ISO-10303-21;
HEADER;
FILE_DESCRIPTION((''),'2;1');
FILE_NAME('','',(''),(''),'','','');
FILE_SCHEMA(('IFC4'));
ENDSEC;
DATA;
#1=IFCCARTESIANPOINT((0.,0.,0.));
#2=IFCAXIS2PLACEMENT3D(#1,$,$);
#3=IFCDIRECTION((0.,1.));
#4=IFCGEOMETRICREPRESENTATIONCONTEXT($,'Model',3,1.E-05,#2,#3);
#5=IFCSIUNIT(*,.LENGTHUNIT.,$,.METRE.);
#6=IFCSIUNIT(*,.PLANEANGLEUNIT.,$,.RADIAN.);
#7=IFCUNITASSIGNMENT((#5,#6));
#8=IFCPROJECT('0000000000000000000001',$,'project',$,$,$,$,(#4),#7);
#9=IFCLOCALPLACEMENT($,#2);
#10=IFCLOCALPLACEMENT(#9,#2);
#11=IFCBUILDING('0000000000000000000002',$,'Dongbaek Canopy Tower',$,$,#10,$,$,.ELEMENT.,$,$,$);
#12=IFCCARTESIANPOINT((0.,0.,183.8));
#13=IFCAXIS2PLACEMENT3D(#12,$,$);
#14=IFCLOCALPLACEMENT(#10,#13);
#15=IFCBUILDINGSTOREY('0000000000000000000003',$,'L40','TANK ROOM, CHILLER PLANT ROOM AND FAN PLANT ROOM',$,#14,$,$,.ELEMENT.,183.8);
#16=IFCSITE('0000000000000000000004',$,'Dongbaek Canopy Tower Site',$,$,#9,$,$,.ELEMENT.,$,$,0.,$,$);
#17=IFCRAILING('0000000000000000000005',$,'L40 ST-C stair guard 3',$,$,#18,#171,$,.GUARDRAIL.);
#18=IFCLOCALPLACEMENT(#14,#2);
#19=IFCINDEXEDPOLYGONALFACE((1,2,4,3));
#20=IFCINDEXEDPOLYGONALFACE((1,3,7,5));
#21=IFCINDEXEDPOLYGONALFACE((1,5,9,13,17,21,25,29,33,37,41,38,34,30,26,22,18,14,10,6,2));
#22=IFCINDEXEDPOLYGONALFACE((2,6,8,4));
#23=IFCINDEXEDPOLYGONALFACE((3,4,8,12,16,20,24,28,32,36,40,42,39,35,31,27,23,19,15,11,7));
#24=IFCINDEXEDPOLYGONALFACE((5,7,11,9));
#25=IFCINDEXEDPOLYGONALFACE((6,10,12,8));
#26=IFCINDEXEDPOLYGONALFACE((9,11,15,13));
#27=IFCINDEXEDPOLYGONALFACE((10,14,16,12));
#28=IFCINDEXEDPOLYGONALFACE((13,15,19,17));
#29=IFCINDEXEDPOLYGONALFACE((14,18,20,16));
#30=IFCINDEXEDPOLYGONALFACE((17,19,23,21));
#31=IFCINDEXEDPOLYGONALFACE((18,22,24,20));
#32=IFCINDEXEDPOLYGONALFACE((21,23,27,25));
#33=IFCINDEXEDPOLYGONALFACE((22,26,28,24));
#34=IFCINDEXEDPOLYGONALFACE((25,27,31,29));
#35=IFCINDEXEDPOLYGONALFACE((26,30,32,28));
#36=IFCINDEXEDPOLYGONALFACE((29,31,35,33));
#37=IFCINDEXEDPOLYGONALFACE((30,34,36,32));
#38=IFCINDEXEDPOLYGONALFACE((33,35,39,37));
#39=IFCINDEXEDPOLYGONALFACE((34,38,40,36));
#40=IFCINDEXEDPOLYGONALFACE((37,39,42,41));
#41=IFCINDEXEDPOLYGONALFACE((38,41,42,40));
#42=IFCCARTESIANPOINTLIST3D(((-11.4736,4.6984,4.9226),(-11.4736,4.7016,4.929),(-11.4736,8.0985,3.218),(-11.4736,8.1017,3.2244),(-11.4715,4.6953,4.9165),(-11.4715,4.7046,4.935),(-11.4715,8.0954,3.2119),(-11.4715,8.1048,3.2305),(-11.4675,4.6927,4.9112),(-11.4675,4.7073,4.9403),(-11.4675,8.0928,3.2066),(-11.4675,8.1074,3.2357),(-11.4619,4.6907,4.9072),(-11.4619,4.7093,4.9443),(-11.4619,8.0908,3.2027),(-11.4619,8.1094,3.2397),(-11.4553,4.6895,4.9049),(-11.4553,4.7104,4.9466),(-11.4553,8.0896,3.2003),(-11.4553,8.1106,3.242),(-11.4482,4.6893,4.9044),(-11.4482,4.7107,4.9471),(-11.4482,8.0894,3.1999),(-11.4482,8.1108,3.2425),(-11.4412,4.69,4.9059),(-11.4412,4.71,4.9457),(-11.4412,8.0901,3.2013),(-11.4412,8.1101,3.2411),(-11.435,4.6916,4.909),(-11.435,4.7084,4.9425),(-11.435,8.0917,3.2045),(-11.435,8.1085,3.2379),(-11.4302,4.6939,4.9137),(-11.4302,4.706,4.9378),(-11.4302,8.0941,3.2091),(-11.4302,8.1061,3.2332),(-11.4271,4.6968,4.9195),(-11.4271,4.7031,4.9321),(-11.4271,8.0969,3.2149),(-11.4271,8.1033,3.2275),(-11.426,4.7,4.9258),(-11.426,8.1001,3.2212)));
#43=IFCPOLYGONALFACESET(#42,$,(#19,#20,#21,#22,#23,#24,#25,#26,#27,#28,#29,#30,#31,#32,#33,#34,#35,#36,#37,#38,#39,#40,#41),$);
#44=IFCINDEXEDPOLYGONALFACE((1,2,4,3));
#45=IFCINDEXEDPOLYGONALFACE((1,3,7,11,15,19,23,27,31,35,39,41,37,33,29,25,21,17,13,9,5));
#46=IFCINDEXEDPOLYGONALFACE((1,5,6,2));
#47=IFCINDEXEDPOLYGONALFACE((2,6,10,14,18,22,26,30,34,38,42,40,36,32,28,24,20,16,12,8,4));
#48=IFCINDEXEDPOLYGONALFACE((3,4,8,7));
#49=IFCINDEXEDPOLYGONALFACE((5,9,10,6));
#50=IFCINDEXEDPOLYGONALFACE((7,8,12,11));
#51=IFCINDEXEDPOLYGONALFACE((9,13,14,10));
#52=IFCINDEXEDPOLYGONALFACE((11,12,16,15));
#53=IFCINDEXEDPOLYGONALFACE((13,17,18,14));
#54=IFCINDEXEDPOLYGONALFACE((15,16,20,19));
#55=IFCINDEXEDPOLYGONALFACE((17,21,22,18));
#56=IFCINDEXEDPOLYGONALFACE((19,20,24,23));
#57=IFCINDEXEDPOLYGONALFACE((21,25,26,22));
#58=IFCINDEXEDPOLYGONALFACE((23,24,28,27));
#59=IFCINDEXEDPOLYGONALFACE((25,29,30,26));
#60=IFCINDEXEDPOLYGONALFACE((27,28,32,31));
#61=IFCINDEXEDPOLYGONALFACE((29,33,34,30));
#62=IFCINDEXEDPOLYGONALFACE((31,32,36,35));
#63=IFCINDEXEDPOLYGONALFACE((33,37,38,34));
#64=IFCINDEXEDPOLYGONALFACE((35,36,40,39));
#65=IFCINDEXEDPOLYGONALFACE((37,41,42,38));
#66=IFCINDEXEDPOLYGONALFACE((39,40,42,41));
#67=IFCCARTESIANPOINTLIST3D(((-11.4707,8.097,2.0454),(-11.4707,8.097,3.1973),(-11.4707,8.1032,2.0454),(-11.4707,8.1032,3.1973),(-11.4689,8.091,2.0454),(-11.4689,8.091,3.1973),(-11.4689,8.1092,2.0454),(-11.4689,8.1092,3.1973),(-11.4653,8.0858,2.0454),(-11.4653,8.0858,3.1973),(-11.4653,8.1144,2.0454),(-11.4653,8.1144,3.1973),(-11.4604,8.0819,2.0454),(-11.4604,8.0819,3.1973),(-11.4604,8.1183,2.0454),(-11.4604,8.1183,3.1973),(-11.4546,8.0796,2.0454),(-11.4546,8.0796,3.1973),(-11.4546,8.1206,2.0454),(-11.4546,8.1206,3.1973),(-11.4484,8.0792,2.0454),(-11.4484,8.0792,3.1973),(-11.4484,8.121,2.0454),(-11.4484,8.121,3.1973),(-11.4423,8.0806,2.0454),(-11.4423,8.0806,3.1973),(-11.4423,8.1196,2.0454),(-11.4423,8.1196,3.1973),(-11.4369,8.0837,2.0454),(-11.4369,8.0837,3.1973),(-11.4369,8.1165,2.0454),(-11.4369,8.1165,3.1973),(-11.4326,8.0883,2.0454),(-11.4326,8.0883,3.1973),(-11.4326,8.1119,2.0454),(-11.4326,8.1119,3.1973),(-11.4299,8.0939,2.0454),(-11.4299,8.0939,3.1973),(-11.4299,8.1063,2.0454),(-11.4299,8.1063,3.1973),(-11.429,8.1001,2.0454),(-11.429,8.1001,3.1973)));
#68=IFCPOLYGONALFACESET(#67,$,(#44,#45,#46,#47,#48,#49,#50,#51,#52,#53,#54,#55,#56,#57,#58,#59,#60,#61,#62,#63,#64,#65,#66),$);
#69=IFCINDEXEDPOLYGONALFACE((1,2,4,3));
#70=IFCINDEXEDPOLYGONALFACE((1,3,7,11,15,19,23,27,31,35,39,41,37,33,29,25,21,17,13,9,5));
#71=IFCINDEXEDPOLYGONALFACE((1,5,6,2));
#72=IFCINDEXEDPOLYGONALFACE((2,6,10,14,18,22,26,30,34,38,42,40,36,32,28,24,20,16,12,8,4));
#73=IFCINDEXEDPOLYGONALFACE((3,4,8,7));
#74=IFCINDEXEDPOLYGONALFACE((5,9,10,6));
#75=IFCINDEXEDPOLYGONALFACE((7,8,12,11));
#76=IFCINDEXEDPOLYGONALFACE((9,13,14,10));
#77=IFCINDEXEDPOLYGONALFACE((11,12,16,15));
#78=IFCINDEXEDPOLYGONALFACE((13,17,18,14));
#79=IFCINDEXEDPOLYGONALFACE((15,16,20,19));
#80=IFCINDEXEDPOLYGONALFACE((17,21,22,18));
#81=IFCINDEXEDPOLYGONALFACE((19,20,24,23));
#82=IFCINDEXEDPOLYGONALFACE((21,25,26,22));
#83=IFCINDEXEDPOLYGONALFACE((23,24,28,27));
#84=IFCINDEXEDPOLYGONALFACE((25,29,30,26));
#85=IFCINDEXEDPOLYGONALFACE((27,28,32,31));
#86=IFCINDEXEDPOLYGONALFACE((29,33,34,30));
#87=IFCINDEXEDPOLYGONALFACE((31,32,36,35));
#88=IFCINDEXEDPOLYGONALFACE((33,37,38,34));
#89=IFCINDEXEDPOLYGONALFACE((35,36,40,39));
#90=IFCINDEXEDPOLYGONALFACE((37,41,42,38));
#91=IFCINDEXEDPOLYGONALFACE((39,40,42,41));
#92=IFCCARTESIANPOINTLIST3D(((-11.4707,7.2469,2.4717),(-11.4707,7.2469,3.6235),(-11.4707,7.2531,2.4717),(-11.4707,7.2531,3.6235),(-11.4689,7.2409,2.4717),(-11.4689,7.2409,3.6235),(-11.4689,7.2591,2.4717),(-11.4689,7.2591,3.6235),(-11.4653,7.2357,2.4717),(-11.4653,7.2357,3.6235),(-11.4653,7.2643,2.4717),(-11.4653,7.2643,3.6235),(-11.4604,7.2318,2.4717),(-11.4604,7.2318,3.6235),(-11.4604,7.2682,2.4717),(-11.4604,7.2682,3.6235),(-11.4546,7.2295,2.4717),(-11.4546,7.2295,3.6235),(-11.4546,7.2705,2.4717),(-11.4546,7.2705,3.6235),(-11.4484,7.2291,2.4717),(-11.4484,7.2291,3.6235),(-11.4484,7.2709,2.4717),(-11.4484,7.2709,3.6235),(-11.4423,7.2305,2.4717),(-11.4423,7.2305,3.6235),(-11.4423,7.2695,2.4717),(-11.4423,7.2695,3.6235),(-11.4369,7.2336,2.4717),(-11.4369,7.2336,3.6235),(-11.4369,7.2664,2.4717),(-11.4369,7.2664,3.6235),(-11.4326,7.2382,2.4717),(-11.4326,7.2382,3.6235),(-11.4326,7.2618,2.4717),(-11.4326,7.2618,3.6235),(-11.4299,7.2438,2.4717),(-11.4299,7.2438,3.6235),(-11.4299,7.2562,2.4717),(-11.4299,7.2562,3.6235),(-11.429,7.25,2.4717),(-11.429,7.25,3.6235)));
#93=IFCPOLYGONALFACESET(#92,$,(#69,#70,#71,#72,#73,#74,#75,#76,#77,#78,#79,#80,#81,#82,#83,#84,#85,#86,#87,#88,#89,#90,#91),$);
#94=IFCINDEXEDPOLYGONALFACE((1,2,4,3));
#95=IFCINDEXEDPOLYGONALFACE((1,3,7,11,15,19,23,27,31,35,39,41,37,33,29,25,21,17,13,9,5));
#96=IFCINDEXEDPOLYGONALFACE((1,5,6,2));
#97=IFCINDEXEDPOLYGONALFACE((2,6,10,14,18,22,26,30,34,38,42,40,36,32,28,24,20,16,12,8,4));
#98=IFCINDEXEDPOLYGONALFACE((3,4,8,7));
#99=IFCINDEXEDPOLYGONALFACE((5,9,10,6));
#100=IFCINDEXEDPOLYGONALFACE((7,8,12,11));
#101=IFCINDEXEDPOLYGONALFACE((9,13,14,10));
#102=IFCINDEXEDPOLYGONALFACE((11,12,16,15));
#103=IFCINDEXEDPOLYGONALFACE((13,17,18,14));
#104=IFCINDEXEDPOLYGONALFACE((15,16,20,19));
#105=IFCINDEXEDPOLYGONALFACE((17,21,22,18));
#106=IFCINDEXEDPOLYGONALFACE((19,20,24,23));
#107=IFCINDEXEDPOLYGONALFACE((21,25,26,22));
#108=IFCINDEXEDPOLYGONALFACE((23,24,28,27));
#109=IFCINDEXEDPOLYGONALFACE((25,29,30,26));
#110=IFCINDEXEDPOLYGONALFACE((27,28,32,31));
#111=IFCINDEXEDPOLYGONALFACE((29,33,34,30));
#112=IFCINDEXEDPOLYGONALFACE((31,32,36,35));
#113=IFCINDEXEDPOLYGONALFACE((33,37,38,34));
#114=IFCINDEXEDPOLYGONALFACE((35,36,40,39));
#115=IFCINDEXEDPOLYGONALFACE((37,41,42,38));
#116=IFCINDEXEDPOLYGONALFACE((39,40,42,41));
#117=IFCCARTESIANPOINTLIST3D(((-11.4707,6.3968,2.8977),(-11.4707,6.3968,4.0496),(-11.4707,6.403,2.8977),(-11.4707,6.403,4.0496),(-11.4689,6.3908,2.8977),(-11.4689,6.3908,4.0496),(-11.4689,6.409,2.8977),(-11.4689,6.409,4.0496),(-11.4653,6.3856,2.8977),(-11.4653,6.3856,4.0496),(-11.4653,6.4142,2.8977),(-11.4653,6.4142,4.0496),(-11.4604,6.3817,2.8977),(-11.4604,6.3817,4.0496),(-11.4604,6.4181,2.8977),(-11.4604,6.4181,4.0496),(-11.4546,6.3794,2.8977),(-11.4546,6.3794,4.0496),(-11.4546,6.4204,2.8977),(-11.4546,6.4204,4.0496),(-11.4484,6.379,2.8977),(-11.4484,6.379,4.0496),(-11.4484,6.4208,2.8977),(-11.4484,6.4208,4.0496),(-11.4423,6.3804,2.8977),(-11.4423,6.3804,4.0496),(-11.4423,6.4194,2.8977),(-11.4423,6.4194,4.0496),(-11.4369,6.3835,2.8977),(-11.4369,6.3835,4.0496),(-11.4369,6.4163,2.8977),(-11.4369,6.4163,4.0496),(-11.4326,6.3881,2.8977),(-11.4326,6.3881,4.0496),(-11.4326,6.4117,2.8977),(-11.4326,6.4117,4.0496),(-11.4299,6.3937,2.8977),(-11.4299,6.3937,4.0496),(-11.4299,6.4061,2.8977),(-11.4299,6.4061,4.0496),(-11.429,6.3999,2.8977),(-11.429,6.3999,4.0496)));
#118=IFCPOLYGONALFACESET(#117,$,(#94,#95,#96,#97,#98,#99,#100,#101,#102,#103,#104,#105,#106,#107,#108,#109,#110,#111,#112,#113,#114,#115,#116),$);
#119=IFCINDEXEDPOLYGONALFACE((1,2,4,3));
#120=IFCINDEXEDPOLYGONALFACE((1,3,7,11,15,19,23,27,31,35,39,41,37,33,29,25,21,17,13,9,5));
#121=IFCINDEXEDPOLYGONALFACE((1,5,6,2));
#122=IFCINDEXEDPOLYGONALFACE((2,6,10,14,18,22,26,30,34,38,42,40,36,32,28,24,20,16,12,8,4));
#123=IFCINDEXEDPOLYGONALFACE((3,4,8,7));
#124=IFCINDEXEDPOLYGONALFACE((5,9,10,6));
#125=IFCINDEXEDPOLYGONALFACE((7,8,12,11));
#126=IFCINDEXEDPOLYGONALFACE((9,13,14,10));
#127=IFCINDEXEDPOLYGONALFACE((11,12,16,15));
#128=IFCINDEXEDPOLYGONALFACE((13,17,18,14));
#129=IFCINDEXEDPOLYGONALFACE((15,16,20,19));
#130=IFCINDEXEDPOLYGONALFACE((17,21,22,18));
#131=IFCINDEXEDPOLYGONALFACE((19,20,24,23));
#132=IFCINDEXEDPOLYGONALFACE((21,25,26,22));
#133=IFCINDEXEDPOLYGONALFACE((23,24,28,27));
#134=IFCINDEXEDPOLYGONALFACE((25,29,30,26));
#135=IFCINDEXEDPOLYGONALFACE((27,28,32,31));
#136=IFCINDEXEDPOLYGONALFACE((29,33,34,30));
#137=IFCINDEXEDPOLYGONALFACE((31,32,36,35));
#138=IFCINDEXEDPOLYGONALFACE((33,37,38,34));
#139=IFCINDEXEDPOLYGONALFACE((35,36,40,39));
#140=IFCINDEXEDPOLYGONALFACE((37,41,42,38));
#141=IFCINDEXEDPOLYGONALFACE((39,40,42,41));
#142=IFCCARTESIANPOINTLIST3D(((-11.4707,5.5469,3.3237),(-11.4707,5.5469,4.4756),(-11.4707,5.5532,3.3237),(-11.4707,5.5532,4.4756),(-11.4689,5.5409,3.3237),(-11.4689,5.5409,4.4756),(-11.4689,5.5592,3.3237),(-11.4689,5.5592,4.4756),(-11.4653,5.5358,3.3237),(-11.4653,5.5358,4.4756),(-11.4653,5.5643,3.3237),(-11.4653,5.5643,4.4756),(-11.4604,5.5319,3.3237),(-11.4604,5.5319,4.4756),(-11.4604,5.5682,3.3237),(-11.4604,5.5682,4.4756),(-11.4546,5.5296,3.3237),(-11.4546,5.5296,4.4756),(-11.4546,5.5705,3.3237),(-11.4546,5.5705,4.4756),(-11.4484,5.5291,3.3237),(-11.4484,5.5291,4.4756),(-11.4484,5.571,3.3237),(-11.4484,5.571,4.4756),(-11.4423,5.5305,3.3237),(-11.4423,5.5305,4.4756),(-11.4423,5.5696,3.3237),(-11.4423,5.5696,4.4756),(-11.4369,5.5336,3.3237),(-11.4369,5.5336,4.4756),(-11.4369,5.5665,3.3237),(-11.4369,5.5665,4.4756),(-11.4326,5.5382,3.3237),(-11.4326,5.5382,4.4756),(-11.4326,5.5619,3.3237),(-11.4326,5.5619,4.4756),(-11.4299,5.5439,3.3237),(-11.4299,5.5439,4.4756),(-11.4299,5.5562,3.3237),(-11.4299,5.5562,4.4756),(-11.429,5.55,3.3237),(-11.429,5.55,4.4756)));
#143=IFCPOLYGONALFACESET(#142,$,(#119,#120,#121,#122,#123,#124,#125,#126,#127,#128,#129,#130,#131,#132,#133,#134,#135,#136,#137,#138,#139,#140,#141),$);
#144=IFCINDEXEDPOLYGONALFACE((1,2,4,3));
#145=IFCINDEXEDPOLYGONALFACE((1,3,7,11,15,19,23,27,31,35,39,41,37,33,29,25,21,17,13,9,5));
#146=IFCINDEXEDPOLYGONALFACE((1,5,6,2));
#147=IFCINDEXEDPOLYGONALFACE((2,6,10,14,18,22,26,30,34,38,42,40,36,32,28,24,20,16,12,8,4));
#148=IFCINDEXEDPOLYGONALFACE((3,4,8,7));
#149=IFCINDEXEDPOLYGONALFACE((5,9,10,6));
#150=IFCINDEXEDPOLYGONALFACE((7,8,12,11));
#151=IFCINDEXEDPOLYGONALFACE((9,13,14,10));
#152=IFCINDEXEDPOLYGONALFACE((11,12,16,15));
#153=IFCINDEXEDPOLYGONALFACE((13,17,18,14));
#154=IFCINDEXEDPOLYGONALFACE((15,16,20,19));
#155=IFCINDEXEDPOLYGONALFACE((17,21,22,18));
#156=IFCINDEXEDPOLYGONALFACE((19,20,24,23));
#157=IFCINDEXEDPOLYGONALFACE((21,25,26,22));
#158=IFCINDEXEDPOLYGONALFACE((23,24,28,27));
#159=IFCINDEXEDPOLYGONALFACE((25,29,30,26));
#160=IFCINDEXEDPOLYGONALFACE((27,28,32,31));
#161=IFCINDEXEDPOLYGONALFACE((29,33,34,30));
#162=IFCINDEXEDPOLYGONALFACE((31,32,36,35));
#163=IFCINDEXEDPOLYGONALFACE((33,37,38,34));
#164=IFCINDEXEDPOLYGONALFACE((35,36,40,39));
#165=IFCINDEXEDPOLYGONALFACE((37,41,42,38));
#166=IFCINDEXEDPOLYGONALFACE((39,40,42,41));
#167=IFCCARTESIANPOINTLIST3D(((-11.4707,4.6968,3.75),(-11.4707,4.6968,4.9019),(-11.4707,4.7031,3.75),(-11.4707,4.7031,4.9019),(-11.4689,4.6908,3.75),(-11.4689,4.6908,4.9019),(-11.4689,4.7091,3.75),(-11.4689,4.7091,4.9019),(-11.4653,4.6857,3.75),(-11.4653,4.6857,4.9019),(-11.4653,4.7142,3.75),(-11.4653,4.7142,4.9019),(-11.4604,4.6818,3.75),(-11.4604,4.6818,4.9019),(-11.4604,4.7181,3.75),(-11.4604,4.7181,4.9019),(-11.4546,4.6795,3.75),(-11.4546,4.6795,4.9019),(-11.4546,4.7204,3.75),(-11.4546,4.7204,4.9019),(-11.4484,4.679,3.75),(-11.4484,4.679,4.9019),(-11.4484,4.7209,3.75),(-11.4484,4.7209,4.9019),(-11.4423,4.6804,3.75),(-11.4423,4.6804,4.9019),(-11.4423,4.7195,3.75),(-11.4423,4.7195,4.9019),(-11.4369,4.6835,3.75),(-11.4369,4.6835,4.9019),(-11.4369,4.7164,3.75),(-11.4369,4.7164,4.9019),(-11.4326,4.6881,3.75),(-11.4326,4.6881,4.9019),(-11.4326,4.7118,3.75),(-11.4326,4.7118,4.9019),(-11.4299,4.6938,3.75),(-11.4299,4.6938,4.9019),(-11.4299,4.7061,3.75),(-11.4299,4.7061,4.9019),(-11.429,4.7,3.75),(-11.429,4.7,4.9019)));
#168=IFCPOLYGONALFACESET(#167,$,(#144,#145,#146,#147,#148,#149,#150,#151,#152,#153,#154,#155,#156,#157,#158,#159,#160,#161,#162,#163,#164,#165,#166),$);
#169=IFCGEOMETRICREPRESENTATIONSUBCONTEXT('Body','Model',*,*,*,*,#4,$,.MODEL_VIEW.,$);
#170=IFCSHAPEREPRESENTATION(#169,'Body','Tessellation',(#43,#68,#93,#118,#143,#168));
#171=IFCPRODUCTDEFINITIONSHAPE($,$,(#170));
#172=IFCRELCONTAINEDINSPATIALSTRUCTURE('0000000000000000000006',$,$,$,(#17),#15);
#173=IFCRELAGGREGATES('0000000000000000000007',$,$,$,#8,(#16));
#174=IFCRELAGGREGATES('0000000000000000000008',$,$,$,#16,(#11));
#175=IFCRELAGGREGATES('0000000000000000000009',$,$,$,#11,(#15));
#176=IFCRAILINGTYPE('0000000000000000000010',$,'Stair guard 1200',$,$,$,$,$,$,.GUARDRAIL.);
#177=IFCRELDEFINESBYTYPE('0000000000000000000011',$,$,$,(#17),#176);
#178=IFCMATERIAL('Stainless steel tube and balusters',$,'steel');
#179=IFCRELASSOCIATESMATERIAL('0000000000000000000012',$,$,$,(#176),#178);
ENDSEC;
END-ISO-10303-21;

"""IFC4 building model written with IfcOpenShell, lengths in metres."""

from ifc_helpers import new_model, si_unit, direction, frame, origin, origin_2d, place, context, subcontext, project, spatial, circle, extrude, material, type_object, element, save


model = new_model("IFC4")

# Units and contexts
model_context = context("Model", 3, precision=1e-05, world=origin(), true_north=direction((0.0, 1.0)))
body_context = subcontext(model_context, "Body", "Model", "MODEL_VIEW")
ifc_project = project(units=[si_unit("LENGTHUNIT", "METRE"), si_unit("PLANEANGLEUNIT", "RADIAN")], contexts=[model_context])

# Site, building, storey
site_placement = place(None, origin())
site = spatial("IfcSite", under=ifc_project, at=site_placement, Name="Dongbaek Canopy Tower Site", CompositionType="ELEMENT", RefElevation=0.0)
building_placement = place(site_placement, origin())
building = spatial("IfcBuilding", under=site, at=building_placement, Name="Dongbaek Canopy Tower", CompositionType="ELEMENT")
storey_placement = place(building_placement, frame((0.0, 0.0, 183.8)))
storey = spatial("IfcBuildingStorey", under=building, at=storey_placement, Name="L40", Description="TANK ROOM, CHILLER PLANT ROOM AND FAN PLANT ROOM", CompositionType="ELEMENT", Elevation=183.8)

# Railing
ifc_material_1 = material(Name="Stainless steel tube and balusters", Category="steel")
railing_type_1 = type_object("IfcRailingType", Name="Stair guard 1200", PredefinedType="GUARDRAIL", material=ifc_material_1)
railing_1_placement = place(storey_placement, frame((-11.45, 8.1001, 2.0454)))
element("IfcRailing", 1, at=railing_1_placement, inside=storey, type_object=railing_type_1, Name="L40 ST-C stair guard 3", PredefinedType="GUARDRAIL", context=body_context, shape_type="SweptSolid", body=[
    extrude(circle(Radius=0.0239, at=origin_2d()), frame((0.0, 0.0, 1.1758), z_axis=(0.0, -0.893952, 0.448163), x_axis=(1.0, 0.0, 0.0)), (0.0, 0.0, 1.0), 3.8035),
    extrude(circle(Radius=0.021, at=origin_2d()), origin(), (0.0, 0.0, 1.0), 1.1519),
    extrude(circle(Radius=0.021, at=origin_2d()), frame((0.0, -0.8501, 0.4263)), (0.0, 0.0, 1.0), 1.1519),
    extrude(circle(Radius=0.021, at=origin_2d()), frame((0.0, -1.7002, 0.8523)), (0.0, 0.0, 1.0), 1.1519),
    extrude(circle(Radius=0.021, at=origin_2d()), frame((0.0, -2.55, 1.2783)), (0.0, 0.0, 1.0), 1.1519),
    extrude(circle(Radius=0.021, at=origin_2d()), frame((0.0, -3.4001, 1.7046)), (0.0, 0.0, 1.0), 1.1519),
])

save(model, "model.ifc")
